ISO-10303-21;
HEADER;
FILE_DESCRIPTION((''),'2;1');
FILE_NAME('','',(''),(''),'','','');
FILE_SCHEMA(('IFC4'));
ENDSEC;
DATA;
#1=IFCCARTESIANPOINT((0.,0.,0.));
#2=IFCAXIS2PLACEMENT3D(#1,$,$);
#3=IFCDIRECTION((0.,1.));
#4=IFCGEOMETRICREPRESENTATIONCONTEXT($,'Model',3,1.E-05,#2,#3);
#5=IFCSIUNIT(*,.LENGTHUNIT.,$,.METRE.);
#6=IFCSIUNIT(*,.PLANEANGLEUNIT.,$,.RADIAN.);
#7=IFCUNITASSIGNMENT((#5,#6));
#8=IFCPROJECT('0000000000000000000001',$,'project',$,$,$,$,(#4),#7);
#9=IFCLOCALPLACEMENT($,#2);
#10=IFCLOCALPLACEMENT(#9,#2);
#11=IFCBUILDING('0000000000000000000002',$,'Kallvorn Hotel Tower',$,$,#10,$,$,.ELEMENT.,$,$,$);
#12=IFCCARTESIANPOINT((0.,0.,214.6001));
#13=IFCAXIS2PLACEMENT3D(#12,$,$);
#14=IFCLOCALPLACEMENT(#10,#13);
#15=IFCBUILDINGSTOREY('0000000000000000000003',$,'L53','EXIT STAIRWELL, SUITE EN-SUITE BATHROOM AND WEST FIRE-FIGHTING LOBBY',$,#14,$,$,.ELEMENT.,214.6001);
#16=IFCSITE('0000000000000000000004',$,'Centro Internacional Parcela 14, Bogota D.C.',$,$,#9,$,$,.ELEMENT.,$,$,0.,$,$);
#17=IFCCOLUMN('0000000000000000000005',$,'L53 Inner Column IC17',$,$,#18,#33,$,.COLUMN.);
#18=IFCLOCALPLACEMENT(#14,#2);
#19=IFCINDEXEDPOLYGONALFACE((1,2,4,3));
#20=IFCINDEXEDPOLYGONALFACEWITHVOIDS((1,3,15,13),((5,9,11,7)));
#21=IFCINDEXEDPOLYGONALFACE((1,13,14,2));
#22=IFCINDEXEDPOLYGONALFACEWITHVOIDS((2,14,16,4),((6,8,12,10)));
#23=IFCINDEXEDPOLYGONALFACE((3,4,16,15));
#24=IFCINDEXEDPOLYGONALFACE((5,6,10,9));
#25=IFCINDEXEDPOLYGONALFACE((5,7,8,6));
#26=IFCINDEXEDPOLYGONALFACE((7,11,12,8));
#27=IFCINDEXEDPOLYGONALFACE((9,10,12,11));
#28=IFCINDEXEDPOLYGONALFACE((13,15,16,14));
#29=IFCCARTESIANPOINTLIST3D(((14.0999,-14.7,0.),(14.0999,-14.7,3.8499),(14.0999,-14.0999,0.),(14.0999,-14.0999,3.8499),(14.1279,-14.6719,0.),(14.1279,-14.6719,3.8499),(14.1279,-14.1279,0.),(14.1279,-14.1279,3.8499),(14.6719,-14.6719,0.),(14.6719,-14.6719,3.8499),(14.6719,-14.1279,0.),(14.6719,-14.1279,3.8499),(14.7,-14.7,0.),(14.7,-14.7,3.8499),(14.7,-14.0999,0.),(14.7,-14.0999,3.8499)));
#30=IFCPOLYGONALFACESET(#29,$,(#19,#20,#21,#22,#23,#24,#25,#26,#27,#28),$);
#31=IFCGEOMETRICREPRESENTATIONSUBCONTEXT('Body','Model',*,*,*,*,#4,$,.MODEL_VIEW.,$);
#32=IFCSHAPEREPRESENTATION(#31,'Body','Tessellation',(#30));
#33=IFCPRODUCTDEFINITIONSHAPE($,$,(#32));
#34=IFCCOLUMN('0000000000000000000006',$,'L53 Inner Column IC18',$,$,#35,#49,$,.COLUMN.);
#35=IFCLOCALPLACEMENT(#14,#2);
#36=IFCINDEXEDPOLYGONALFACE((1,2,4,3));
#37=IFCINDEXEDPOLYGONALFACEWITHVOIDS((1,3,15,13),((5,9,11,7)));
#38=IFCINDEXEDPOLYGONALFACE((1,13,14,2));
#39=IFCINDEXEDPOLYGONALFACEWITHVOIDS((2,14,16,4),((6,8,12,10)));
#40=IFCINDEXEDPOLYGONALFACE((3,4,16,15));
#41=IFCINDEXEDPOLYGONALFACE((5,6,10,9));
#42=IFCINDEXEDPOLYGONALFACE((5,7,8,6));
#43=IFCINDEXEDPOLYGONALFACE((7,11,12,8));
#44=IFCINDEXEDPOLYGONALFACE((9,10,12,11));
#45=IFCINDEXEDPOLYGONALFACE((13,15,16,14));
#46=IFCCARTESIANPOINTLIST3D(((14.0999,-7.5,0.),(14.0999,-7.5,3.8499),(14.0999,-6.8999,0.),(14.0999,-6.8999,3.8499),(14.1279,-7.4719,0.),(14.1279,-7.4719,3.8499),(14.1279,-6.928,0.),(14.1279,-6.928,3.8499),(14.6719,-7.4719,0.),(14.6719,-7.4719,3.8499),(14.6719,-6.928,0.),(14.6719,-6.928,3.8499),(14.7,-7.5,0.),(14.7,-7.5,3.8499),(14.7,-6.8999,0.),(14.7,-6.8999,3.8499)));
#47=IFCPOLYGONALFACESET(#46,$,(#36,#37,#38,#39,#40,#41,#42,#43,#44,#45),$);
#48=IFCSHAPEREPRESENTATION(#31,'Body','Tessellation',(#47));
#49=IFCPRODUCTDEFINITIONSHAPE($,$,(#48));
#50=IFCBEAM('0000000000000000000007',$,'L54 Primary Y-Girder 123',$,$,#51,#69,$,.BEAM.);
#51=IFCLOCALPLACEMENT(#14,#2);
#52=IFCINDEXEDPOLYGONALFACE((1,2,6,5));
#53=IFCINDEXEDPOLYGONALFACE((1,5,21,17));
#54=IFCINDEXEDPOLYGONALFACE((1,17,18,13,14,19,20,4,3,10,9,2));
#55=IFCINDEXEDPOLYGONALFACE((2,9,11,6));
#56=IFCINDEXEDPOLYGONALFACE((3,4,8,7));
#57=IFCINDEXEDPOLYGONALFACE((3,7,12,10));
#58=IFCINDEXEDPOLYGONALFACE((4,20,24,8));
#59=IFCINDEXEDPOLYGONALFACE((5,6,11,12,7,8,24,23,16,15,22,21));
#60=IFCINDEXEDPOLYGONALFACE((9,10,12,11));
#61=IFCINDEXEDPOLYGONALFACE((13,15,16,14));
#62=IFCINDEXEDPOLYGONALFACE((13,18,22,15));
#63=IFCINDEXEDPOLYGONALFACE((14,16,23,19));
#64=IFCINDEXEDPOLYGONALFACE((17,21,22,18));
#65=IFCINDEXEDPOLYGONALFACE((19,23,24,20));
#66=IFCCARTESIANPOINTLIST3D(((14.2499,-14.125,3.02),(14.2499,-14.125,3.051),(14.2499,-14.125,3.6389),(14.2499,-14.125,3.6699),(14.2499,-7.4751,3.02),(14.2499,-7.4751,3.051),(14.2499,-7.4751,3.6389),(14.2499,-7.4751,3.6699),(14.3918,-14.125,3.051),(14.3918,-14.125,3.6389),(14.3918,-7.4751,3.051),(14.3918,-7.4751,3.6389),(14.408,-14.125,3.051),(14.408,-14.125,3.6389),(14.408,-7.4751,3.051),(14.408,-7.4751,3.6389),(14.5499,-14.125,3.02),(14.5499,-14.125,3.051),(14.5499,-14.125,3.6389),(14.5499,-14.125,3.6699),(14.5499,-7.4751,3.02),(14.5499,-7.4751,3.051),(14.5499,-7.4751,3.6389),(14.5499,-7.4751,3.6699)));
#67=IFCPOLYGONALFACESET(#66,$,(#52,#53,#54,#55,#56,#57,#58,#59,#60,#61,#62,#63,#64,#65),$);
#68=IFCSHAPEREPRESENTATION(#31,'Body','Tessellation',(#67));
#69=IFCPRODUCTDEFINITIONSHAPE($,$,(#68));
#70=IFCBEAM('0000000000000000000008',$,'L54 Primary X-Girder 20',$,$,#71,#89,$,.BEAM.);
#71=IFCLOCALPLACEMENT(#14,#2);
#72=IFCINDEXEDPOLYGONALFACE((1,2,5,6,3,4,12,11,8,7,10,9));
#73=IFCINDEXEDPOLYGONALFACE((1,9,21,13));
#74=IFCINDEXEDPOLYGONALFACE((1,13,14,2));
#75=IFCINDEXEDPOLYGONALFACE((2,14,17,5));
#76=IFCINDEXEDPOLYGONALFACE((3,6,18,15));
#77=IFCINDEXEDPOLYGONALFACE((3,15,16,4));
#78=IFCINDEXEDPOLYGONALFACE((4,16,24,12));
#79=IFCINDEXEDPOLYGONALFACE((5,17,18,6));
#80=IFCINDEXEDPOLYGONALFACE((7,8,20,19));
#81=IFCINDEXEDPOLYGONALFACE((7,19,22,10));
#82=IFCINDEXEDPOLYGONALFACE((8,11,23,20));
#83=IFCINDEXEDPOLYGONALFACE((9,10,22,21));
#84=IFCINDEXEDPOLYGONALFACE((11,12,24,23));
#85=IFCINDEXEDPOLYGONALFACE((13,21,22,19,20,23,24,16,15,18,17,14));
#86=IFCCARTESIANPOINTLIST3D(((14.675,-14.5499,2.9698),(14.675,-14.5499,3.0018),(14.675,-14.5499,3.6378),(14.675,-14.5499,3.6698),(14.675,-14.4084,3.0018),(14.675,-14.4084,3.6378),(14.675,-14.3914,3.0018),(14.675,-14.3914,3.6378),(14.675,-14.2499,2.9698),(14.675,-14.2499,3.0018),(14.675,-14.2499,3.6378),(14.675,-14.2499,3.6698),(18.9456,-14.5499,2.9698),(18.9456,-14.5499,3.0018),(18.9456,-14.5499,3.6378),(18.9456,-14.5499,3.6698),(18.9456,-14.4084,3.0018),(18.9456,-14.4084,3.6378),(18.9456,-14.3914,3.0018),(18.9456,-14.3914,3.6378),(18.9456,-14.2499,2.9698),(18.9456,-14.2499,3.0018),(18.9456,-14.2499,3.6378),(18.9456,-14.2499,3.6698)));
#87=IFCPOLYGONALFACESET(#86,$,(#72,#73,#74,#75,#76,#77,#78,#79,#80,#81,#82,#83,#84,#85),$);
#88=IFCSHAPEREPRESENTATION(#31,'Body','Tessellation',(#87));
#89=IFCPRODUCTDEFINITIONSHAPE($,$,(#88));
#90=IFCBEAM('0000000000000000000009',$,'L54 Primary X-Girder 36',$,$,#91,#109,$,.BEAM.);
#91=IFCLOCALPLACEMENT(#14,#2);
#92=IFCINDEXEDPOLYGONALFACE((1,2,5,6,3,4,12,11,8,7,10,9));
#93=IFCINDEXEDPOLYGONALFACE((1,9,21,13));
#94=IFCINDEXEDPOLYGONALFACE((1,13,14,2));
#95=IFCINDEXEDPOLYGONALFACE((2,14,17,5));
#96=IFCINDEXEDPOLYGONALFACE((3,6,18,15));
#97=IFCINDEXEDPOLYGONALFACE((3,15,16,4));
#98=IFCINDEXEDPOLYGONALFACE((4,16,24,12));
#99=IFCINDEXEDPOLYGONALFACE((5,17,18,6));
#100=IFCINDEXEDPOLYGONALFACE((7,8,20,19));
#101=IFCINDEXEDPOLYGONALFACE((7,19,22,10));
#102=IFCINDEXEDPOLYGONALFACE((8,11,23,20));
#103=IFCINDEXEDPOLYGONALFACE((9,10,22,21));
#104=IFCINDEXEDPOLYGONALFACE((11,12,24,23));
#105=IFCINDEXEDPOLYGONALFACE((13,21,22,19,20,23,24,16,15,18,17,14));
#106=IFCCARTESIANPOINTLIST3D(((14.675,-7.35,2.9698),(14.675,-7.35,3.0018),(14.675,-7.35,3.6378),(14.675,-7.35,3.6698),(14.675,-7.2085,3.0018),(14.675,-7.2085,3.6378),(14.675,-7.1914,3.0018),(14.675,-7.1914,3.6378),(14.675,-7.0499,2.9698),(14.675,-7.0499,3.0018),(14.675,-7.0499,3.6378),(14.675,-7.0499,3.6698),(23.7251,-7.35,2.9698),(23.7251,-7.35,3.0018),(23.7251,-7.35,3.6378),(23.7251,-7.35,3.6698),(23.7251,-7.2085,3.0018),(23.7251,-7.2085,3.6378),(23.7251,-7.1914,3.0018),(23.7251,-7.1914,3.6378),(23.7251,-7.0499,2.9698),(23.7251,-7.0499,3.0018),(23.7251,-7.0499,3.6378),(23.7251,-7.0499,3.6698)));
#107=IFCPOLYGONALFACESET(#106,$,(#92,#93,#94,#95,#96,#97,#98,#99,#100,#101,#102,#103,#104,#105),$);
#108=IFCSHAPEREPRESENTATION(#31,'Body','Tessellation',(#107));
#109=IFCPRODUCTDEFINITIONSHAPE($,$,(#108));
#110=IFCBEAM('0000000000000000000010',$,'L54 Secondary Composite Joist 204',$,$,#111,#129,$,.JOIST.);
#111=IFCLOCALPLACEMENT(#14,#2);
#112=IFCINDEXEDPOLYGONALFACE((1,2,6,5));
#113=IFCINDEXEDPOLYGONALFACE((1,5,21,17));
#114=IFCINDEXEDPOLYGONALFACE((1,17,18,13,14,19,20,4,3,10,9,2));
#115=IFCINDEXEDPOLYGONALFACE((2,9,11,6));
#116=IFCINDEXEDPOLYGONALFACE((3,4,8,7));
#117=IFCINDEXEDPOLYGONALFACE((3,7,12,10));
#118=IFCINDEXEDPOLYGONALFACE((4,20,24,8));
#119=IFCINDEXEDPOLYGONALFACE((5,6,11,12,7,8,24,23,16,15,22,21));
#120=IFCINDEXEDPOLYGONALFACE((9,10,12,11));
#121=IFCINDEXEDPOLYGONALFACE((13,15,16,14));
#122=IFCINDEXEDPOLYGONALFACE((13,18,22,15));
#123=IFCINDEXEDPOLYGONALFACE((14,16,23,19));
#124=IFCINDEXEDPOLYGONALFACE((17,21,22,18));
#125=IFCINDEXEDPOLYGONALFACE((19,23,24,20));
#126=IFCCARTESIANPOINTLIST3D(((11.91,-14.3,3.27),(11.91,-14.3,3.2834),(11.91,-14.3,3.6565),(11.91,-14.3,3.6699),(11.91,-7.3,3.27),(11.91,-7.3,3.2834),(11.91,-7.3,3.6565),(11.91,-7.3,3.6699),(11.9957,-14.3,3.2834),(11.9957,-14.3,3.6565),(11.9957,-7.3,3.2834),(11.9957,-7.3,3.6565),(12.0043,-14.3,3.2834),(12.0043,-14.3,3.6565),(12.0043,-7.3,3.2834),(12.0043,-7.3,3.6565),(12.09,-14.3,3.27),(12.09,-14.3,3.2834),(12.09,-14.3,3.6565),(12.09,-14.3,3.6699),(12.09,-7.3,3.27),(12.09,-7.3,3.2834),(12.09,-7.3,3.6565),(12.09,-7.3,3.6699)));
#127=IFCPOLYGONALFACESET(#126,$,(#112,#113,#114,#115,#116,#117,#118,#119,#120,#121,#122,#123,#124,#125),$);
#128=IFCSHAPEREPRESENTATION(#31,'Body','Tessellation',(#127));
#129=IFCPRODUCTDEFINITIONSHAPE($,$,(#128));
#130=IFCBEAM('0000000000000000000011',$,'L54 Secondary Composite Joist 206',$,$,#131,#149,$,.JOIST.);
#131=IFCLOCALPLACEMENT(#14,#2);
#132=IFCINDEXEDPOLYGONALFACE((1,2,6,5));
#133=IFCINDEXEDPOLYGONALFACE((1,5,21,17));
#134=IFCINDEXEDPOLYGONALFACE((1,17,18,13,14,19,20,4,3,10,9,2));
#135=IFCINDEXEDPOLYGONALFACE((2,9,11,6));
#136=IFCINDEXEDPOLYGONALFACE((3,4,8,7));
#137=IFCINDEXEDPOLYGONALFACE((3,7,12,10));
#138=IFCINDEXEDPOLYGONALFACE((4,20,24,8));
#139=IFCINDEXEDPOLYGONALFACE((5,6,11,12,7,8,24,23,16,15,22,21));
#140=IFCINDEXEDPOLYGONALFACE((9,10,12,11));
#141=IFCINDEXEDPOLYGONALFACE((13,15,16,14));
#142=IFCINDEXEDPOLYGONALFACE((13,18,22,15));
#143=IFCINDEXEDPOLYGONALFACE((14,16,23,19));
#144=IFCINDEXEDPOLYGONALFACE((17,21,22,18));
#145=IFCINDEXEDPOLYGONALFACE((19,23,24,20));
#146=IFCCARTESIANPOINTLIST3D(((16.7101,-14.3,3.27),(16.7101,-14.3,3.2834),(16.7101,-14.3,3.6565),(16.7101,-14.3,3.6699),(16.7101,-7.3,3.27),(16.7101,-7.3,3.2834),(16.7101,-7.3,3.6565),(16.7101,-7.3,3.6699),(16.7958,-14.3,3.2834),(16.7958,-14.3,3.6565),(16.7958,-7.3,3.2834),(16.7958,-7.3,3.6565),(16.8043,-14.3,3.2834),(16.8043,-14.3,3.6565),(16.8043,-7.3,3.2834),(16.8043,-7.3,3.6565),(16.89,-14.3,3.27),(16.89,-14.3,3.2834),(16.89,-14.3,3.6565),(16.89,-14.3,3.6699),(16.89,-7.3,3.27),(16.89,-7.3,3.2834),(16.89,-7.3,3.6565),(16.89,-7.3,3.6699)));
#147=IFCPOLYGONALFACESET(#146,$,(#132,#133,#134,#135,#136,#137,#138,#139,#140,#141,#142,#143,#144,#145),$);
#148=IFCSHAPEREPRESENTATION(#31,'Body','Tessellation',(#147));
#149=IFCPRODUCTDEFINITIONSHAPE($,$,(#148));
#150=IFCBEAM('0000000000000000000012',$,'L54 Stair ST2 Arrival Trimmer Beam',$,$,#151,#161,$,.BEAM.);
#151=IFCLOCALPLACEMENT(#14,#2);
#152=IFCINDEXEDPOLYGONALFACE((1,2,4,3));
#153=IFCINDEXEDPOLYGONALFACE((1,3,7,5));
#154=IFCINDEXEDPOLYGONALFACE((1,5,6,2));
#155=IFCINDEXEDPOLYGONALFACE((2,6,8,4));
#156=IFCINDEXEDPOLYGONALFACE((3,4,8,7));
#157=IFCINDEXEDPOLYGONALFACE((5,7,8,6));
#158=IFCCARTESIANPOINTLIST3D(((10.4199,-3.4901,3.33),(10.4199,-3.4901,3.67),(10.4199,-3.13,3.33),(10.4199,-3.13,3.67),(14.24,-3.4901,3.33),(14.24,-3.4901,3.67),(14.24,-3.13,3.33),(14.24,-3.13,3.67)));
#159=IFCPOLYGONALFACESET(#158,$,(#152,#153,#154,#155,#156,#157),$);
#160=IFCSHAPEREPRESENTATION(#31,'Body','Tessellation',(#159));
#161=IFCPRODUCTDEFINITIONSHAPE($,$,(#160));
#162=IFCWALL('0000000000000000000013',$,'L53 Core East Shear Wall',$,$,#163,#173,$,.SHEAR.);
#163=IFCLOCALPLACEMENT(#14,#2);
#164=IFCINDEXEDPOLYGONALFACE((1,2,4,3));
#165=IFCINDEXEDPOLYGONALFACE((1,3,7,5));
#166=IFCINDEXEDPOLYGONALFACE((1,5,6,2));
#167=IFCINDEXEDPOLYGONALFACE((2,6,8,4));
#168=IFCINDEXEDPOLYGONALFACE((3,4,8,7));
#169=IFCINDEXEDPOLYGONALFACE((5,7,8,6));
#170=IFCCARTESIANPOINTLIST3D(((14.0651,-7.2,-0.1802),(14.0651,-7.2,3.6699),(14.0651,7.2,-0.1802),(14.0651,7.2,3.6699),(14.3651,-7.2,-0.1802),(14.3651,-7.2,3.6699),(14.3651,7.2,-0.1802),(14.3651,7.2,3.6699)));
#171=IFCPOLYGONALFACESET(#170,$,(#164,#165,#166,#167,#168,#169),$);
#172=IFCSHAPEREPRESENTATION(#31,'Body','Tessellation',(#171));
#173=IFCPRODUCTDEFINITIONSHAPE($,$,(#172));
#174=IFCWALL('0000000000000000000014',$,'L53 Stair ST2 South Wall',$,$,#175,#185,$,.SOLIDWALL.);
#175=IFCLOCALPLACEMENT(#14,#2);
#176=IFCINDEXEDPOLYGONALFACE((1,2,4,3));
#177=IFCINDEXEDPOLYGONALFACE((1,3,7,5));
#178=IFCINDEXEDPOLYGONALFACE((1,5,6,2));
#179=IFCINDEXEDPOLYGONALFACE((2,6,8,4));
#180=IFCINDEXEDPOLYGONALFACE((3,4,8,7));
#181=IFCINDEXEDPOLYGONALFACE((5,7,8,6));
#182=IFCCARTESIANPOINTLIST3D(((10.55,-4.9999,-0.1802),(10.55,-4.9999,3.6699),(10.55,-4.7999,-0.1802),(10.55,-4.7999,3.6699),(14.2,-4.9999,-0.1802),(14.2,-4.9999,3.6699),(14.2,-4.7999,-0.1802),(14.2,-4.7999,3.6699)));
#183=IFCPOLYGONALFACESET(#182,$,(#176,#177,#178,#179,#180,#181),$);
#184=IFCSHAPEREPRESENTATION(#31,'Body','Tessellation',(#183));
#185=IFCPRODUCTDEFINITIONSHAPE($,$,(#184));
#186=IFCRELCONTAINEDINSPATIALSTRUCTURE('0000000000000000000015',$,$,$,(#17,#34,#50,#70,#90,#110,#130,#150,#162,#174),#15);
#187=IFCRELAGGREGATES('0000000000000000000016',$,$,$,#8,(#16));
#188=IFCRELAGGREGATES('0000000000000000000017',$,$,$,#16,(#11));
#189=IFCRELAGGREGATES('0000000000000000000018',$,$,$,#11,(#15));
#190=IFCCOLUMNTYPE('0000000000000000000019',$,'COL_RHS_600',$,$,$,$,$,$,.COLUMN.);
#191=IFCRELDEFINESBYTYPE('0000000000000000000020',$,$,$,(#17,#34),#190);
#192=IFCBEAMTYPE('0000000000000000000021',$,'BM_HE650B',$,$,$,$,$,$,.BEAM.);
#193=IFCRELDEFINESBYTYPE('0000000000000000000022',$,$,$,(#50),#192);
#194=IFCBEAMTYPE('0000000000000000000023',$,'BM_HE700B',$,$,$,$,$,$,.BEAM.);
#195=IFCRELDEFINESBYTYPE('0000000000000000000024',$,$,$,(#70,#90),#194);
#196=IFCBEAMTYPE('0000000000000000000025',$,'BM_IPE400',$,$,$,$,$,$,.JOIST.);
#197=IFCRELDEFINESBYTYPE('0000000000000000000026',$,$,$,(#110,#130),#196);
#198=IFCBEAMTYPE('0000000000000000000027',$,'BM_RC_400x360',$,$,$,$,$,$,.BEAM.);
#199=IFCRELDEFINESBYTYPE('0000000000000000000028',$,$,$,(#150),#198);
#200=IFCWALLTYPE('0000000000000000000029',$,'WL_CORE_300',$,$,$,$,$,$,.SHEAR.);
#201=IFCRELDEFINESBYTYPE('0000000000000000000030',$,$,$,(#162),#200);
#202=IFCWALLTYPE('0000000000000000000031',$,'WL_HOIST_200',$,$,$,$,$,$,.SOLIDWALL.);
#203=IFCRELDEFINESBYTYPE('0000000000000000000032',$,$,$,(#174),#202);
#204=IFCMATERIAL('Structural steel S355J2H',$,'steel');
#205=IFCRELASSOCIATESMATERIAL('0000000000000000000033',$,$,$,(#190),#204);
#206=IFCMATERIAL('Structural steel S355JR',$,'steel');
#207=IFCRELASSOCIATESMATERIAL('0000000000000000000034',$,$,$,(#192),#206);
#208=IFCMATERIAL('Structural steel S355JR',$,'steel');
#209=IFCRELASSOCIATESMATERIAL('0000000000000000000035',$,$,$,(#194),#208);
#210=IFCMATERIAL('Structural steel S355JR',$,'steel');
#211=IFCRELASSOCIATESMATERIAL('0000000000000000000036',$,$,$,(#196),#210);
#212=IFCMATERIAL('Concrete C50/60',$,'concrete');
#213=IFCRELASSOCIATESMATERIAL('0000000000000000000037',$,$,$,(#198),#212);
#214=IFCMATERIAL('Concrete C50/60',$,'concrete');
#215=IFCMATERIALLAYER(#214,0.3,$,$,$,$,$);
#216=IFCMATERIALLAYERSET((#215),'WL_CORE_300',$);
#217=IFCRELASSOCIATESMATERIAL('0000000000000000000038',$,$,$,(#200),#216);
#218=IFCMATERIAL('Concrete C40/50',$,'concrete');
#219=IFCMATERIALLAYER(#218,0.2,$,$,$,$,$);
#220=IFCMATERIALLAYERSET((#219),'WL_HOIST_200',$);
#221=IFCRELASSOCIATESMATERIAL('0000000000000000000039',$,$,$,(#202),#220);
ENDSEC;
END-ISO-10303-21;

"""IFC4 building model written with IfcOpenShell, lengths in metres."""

from ifc_helpers import new_model, si_unit, direction, frame, frame_2d, origin, origin_2d, place, context, subcontext, project, spatial, rectangle, hollow_rectangle, i_section, extrude, material, layer, layer_set, material_profile, profile_set, type_object, element, save


model = new_model("IFC4")

# Units and contexts
model_context = context("Model", 3, precision=1e-05, world=origin(), true_north=direction((0.0, 1.0)))
body_context = subcontext(model_context, "Body", "Model", "MODEL_VIEW")
ifc_project = project(units=[si_unit("LENGTHUNIT", "METRE"), si_unit("PLANEANGLEUNIT", "RADIAN")], contexts=[model_context])

# Site, building, storey
site_placement = place(None, origin())
site = spatial("IfcSite", under=ifc_project, at=site_placement, Name="Centro Internacional Parcela 14, Bogota D.C.", CompositionType="ELEMENT", RefElevation=0.0)
building_placement = place(site_placement, origin())
building = spatial("IfcBuilding", under=site, at=building_placement, Name="Kallvorn Hotel Tower", CompositionType="ELEMENT")
storey_placement = place(building_placement, frame((0.0, 0.0, 214.6001)))
storey = spatial("IfcBuildingStorey", under=building, at=storey_placement, Name="L53", Description="EXIT STAIRWELL, SUITE EN-SUITE BATHROOM AND WEST FIRE-FIGHTING LOBBY", CompositionType="ELEMENT", Elevation=214.6001)

# Columns
ifc_material_1 = material(Name="Structural steel S355J2H", Category="steel")
ifc_material_profile_1 = material_profile(ifc_material_1, hollow_rectangle(XDim=0.6001, YDim=0.6001, WallThickness=0.0281, at=origin_2d()), Name="RHS 600x600x28")
ifc_profile_set_1 = profile_set([ifc_material_profile_1], Name="Structural steel S355J2H")
column_type = type_object("IfcColumnType", Name="COL_RHS_600", PredefinedType="COLUMN", material=ifc_profile_set_1)
for number, where, z_axis, x_axis, name in (
    (1, (14.3999, -14.3999, 0.0), (0.0, 0.0, 1.0), (1.0, 0.0, 0.0), "L53 Inner Column IC17"),
    (2, (14.3999, -7.2, 0.0), (0.0, 0.0, 1.0), (1.0, 0.0, 0.0), "L53 Inner Column IC18"),
):
    element("IfcColumn", number, at=place(storey_placement, frame(where, z_axis=z_axis, x_axis=x_axis)), inside=storey, type_object=column_type, Name=name, PredefinedType="COLUMN", context=body_context, shape_type="SweptSolid", body=[
        extrude(hollow_rectangle(XDim=0.6001, YDim=0.6001, WallThickness=0.0281, at=origin_2d()), origin(), (0.0, 0.0, 1.0), 3.8499),
    ])

# Beams
ifc_material_2 = material(Name="Structural steel S355JR", Category="steel")
ifc_material_profile_2 = material_profile(ifc_material_2, i_section(OverallWidth=0.3, OverallDepth=0.6499, WebThickness=0.0161, FlangeThickness=0.031, at=origin_2d()), Name="HE 650 B")
ifc_profile_set_2 = profile_set([ifc_material_profile_2], Name="Structural steel S355JR")
beam_type_1 = type_object("IfcBeamType", Name="BM_HE650B", PredefinedType="BEAM", material=ifc_profile_set_2)
beam_1_placement = place(storey_placement, frame((14.3999, -14.125, 3.345), z_axis=(0.0, 1.0, 0.0), x_axis=(-1.0, 0.0, 0.0)))
element("IfcBeam", 3, at=beam_1_placement, inside=storey, type_object=beam_type_1, Name="L54 Primary Y-Girder 123", PredefinedType="BEAM", context=body_context, shape_type="SweptSolid", body=[
    extrude(i_section(OverallWidth=0.3, OverallDepth=0.6499, WebThickness=0.0161, FlangeThickness=0.031, at=origin_2d()), origin(), (0.0, 0.0, 1.0), 6.6499),
])
ifc_material_3 = material(Name="Structural steel S355JR", Category="steel")
ifc_material_profile_3 = material_profile(ifc_material_3, i_section(OverallWidth=0.3, OverallDepth=0.7, WebThickness=0.0171, FlangeThickness=0.032, at=origin_2d()), Name="HE 700 B")
ifc_profile_set_3 = profile_set([ifc_material_profile_3], Name="Structural steel S355JR")
beam_type_2 = type_object("IfcBeamType", Name="BM_HE700B", PredefinedType="BEAM", material=ifc_profile_set_3)
beam_2_placement = place(storey_placement, frame((14.675, -14.3999, 3.3198), z_axis=(1.0, 0.0, 0.0), x_axis=(0.0, 1.0, 0.0)))
element("IfcBeam", 4, at=beam_2_placement, inside=storey, type_object=beam_type_2, Name="L54 Primary X-Girder 20", PredefinedType="BEAM", context=body_context, shape_type="SweptSolid", body=[
    extrude(i_section(OverallWidth=0.3, OverallDepth=0.7, WebThickness=0.0171, FlangeThickness=0.032, at=origin_2d()), origin(), (0.0, 0.0, 1.0), 4.2705),
])
beam_3_placement = place(storey_placement, frame((14.675, -7.2, 3.3198), z_axis=(1.0, 0.0, 0.0), x_axis=(0.0, 1.0, 0.0)))
element("IfcBeam", 5, at=beam_3_placement, inside=storey, type_object=beam_type_2, Name="L54 Primary X-Girder 36", PredefinedType="BEAM", context=body_context, shape_type="SweptSolid", body=[
    extrude(i_section(OverallWidth=0.3, OverallDepth=0.7, WebThickness=0.0171, FlangeThickness=0.032, at=origin_2d()), origin(), (0.0, 0.0, 1.0), 9.05),
])
ifc_material_4 = material(Name="Structural steel S355JR", Category="steel")
ifc_material_profile_4 = material_profile(ifc_material_4, i_section(OverallWidth=0.1799, OverallDepth=0.3999, WebThickness=0.0085, FlangeThickness=0.0134, at=origin_2d()), Name="IPE 400")
ifc_profile_set_4 = profile_set([ifc_material_profile_4], Name="Structural steel S355JR")
beam_type_3 = type_object("IfcBeamType", Name="BM_IPE400", PredefinedType="JOIST", material=ifc_profile_set_4)
for number, where, z_axis, x_axis, name in (
    (6, (12.0, -14.3, 3.47), (0.0, 1.0, 0.0), (-1.0, 0.0, 0.0), "L54 Secondary Composite Joist 204"),
    (7, (16.8, -14.3, 3.47), (0.0, 1.0, 0.0), (-1.0, 0.0, 0.0), "L54 Secondary Composite Joist 206"),
):
    element("IfcBeam", number, at=place(storey_placement, frame(where, z_axis=z_axis, x_axis=x_axis)), inside=storey, type_object=beam_type_3, Name=name, PredefinedType="JOIST", context=body_context, shape_type="SweptSolid", body=[
        extrude(i_section(OverallWidth=0.1799, OverallDepth=0.3999, WebThickness=0.0085, FlangeThickness=0.0134, at=origin_2d()), origin(), (0.0, 0.0, 1.0), 7.0),
    ])
ifc_material_5 = material(Name="Concrete C50/60", Category="concrete")
ifc_material_profile_5 = material_profile(ifc_material_5, rectangle(XDim=0.3601, YDim=0.3401, at=origin_2d()), Name="RC 360x340")
ifc_profile_set_5 = profile_set([ifc_material_profile_5], Name="Concrete C50/60")
beam_type_4 = type_object("IfcBeamType", Name="BM_RC_400x360", PredefinedType="BEAM", material=ifc_profile_set_5)
beam_4_placement = place(storey_placement, frame((14.24, -3.3101, 3.5), z_axis=(-1.0, 0.0, 0.0), x_axis=(0.0, -1.0, 0.0)))
element("IfcBeam", 8, at=beam_4_placement, inside=storey, type_object=beam_type_4, Name="L54 Stair ST2 Arrival Trimmer Beam", PredefinedType="BEAM", context=body_context, shape_type="SweptSolid", body=[
    extrude(rectangle(XDim=0.3601, YDim=0.3401, at=origin_2d()), origin(), (0.0, 0.0, 1.0), 3.8201),
])

# Walls
ifc_material_6 = material(Name="Concrete C50/60", Category="concrete")
ifc_layer_1 = layer(ifc_material_6, 0.3)
ifc_layer_set_1 = layer_set([ifc_layer_1], Name="WL_CORE_300")
wall_type_1 = type_object("IfcWallType", Name="WL_CORE_300", PredefinedType="SHEAR", material=ifc_layer_set_1)
wall_1_placement = place(storey_placement, frame((14.2151, -7.2, -0.1802), z_axis=(0.0, 0.0, 1.0), x_axis=(0.0, 1.0, 0.0)))
element("IfcWall", 9, at=wall_1_placement, inside=storey, type_object=wall_type_1, Name="L53 Core East Shear Wall", PredefinedType="SHEAR", context=body_context, shape_type="SweptSolid", body=[
    extrude(rectangle(XDim=14.3999, YDim=0.3, at=frame_2d((7.2, 0.0))), origin(), (0.0, 0.0, 1.0), 3.8501),
])
ifc_material_7 = material(Name="Concrete C40/50", Category="concrete")
ifc_layer_2 = layer(ifc_material_7, 0.2)
ifc_layer_set_2 = layer_set([ifc_layer_2], Name="WL_HOIST_200")
wall_type_2 = type_object("IfcWallType", Name="WL_HOIST_200", PredefinedType="SOLIDWALL", material=ifc_layer_set_2)
wall_2_placement = place(storey_placement, frame((10.55, -4.8999, -0.1802), z_axis=(0.0, 0.0, 1.0), x_axis=(1.0, 0.0, 0.0)))
element("IfcWall", 10, at=wall_2_placement, inside=storey, type_object=wall_type_2, Name="L53 Stair ST2 South Wall", PredefinedType="SOLIDWALL", context=body_context, shape_type="SweptSolid", body=[
    extrude(rectangle(XDim=3.6499, YDim=0.2, at=frame_2d((1.825, 0.0))), origin(), (0.0, 0.0, 1.0), 3.8501),
])

save(model, "model.ifc")
